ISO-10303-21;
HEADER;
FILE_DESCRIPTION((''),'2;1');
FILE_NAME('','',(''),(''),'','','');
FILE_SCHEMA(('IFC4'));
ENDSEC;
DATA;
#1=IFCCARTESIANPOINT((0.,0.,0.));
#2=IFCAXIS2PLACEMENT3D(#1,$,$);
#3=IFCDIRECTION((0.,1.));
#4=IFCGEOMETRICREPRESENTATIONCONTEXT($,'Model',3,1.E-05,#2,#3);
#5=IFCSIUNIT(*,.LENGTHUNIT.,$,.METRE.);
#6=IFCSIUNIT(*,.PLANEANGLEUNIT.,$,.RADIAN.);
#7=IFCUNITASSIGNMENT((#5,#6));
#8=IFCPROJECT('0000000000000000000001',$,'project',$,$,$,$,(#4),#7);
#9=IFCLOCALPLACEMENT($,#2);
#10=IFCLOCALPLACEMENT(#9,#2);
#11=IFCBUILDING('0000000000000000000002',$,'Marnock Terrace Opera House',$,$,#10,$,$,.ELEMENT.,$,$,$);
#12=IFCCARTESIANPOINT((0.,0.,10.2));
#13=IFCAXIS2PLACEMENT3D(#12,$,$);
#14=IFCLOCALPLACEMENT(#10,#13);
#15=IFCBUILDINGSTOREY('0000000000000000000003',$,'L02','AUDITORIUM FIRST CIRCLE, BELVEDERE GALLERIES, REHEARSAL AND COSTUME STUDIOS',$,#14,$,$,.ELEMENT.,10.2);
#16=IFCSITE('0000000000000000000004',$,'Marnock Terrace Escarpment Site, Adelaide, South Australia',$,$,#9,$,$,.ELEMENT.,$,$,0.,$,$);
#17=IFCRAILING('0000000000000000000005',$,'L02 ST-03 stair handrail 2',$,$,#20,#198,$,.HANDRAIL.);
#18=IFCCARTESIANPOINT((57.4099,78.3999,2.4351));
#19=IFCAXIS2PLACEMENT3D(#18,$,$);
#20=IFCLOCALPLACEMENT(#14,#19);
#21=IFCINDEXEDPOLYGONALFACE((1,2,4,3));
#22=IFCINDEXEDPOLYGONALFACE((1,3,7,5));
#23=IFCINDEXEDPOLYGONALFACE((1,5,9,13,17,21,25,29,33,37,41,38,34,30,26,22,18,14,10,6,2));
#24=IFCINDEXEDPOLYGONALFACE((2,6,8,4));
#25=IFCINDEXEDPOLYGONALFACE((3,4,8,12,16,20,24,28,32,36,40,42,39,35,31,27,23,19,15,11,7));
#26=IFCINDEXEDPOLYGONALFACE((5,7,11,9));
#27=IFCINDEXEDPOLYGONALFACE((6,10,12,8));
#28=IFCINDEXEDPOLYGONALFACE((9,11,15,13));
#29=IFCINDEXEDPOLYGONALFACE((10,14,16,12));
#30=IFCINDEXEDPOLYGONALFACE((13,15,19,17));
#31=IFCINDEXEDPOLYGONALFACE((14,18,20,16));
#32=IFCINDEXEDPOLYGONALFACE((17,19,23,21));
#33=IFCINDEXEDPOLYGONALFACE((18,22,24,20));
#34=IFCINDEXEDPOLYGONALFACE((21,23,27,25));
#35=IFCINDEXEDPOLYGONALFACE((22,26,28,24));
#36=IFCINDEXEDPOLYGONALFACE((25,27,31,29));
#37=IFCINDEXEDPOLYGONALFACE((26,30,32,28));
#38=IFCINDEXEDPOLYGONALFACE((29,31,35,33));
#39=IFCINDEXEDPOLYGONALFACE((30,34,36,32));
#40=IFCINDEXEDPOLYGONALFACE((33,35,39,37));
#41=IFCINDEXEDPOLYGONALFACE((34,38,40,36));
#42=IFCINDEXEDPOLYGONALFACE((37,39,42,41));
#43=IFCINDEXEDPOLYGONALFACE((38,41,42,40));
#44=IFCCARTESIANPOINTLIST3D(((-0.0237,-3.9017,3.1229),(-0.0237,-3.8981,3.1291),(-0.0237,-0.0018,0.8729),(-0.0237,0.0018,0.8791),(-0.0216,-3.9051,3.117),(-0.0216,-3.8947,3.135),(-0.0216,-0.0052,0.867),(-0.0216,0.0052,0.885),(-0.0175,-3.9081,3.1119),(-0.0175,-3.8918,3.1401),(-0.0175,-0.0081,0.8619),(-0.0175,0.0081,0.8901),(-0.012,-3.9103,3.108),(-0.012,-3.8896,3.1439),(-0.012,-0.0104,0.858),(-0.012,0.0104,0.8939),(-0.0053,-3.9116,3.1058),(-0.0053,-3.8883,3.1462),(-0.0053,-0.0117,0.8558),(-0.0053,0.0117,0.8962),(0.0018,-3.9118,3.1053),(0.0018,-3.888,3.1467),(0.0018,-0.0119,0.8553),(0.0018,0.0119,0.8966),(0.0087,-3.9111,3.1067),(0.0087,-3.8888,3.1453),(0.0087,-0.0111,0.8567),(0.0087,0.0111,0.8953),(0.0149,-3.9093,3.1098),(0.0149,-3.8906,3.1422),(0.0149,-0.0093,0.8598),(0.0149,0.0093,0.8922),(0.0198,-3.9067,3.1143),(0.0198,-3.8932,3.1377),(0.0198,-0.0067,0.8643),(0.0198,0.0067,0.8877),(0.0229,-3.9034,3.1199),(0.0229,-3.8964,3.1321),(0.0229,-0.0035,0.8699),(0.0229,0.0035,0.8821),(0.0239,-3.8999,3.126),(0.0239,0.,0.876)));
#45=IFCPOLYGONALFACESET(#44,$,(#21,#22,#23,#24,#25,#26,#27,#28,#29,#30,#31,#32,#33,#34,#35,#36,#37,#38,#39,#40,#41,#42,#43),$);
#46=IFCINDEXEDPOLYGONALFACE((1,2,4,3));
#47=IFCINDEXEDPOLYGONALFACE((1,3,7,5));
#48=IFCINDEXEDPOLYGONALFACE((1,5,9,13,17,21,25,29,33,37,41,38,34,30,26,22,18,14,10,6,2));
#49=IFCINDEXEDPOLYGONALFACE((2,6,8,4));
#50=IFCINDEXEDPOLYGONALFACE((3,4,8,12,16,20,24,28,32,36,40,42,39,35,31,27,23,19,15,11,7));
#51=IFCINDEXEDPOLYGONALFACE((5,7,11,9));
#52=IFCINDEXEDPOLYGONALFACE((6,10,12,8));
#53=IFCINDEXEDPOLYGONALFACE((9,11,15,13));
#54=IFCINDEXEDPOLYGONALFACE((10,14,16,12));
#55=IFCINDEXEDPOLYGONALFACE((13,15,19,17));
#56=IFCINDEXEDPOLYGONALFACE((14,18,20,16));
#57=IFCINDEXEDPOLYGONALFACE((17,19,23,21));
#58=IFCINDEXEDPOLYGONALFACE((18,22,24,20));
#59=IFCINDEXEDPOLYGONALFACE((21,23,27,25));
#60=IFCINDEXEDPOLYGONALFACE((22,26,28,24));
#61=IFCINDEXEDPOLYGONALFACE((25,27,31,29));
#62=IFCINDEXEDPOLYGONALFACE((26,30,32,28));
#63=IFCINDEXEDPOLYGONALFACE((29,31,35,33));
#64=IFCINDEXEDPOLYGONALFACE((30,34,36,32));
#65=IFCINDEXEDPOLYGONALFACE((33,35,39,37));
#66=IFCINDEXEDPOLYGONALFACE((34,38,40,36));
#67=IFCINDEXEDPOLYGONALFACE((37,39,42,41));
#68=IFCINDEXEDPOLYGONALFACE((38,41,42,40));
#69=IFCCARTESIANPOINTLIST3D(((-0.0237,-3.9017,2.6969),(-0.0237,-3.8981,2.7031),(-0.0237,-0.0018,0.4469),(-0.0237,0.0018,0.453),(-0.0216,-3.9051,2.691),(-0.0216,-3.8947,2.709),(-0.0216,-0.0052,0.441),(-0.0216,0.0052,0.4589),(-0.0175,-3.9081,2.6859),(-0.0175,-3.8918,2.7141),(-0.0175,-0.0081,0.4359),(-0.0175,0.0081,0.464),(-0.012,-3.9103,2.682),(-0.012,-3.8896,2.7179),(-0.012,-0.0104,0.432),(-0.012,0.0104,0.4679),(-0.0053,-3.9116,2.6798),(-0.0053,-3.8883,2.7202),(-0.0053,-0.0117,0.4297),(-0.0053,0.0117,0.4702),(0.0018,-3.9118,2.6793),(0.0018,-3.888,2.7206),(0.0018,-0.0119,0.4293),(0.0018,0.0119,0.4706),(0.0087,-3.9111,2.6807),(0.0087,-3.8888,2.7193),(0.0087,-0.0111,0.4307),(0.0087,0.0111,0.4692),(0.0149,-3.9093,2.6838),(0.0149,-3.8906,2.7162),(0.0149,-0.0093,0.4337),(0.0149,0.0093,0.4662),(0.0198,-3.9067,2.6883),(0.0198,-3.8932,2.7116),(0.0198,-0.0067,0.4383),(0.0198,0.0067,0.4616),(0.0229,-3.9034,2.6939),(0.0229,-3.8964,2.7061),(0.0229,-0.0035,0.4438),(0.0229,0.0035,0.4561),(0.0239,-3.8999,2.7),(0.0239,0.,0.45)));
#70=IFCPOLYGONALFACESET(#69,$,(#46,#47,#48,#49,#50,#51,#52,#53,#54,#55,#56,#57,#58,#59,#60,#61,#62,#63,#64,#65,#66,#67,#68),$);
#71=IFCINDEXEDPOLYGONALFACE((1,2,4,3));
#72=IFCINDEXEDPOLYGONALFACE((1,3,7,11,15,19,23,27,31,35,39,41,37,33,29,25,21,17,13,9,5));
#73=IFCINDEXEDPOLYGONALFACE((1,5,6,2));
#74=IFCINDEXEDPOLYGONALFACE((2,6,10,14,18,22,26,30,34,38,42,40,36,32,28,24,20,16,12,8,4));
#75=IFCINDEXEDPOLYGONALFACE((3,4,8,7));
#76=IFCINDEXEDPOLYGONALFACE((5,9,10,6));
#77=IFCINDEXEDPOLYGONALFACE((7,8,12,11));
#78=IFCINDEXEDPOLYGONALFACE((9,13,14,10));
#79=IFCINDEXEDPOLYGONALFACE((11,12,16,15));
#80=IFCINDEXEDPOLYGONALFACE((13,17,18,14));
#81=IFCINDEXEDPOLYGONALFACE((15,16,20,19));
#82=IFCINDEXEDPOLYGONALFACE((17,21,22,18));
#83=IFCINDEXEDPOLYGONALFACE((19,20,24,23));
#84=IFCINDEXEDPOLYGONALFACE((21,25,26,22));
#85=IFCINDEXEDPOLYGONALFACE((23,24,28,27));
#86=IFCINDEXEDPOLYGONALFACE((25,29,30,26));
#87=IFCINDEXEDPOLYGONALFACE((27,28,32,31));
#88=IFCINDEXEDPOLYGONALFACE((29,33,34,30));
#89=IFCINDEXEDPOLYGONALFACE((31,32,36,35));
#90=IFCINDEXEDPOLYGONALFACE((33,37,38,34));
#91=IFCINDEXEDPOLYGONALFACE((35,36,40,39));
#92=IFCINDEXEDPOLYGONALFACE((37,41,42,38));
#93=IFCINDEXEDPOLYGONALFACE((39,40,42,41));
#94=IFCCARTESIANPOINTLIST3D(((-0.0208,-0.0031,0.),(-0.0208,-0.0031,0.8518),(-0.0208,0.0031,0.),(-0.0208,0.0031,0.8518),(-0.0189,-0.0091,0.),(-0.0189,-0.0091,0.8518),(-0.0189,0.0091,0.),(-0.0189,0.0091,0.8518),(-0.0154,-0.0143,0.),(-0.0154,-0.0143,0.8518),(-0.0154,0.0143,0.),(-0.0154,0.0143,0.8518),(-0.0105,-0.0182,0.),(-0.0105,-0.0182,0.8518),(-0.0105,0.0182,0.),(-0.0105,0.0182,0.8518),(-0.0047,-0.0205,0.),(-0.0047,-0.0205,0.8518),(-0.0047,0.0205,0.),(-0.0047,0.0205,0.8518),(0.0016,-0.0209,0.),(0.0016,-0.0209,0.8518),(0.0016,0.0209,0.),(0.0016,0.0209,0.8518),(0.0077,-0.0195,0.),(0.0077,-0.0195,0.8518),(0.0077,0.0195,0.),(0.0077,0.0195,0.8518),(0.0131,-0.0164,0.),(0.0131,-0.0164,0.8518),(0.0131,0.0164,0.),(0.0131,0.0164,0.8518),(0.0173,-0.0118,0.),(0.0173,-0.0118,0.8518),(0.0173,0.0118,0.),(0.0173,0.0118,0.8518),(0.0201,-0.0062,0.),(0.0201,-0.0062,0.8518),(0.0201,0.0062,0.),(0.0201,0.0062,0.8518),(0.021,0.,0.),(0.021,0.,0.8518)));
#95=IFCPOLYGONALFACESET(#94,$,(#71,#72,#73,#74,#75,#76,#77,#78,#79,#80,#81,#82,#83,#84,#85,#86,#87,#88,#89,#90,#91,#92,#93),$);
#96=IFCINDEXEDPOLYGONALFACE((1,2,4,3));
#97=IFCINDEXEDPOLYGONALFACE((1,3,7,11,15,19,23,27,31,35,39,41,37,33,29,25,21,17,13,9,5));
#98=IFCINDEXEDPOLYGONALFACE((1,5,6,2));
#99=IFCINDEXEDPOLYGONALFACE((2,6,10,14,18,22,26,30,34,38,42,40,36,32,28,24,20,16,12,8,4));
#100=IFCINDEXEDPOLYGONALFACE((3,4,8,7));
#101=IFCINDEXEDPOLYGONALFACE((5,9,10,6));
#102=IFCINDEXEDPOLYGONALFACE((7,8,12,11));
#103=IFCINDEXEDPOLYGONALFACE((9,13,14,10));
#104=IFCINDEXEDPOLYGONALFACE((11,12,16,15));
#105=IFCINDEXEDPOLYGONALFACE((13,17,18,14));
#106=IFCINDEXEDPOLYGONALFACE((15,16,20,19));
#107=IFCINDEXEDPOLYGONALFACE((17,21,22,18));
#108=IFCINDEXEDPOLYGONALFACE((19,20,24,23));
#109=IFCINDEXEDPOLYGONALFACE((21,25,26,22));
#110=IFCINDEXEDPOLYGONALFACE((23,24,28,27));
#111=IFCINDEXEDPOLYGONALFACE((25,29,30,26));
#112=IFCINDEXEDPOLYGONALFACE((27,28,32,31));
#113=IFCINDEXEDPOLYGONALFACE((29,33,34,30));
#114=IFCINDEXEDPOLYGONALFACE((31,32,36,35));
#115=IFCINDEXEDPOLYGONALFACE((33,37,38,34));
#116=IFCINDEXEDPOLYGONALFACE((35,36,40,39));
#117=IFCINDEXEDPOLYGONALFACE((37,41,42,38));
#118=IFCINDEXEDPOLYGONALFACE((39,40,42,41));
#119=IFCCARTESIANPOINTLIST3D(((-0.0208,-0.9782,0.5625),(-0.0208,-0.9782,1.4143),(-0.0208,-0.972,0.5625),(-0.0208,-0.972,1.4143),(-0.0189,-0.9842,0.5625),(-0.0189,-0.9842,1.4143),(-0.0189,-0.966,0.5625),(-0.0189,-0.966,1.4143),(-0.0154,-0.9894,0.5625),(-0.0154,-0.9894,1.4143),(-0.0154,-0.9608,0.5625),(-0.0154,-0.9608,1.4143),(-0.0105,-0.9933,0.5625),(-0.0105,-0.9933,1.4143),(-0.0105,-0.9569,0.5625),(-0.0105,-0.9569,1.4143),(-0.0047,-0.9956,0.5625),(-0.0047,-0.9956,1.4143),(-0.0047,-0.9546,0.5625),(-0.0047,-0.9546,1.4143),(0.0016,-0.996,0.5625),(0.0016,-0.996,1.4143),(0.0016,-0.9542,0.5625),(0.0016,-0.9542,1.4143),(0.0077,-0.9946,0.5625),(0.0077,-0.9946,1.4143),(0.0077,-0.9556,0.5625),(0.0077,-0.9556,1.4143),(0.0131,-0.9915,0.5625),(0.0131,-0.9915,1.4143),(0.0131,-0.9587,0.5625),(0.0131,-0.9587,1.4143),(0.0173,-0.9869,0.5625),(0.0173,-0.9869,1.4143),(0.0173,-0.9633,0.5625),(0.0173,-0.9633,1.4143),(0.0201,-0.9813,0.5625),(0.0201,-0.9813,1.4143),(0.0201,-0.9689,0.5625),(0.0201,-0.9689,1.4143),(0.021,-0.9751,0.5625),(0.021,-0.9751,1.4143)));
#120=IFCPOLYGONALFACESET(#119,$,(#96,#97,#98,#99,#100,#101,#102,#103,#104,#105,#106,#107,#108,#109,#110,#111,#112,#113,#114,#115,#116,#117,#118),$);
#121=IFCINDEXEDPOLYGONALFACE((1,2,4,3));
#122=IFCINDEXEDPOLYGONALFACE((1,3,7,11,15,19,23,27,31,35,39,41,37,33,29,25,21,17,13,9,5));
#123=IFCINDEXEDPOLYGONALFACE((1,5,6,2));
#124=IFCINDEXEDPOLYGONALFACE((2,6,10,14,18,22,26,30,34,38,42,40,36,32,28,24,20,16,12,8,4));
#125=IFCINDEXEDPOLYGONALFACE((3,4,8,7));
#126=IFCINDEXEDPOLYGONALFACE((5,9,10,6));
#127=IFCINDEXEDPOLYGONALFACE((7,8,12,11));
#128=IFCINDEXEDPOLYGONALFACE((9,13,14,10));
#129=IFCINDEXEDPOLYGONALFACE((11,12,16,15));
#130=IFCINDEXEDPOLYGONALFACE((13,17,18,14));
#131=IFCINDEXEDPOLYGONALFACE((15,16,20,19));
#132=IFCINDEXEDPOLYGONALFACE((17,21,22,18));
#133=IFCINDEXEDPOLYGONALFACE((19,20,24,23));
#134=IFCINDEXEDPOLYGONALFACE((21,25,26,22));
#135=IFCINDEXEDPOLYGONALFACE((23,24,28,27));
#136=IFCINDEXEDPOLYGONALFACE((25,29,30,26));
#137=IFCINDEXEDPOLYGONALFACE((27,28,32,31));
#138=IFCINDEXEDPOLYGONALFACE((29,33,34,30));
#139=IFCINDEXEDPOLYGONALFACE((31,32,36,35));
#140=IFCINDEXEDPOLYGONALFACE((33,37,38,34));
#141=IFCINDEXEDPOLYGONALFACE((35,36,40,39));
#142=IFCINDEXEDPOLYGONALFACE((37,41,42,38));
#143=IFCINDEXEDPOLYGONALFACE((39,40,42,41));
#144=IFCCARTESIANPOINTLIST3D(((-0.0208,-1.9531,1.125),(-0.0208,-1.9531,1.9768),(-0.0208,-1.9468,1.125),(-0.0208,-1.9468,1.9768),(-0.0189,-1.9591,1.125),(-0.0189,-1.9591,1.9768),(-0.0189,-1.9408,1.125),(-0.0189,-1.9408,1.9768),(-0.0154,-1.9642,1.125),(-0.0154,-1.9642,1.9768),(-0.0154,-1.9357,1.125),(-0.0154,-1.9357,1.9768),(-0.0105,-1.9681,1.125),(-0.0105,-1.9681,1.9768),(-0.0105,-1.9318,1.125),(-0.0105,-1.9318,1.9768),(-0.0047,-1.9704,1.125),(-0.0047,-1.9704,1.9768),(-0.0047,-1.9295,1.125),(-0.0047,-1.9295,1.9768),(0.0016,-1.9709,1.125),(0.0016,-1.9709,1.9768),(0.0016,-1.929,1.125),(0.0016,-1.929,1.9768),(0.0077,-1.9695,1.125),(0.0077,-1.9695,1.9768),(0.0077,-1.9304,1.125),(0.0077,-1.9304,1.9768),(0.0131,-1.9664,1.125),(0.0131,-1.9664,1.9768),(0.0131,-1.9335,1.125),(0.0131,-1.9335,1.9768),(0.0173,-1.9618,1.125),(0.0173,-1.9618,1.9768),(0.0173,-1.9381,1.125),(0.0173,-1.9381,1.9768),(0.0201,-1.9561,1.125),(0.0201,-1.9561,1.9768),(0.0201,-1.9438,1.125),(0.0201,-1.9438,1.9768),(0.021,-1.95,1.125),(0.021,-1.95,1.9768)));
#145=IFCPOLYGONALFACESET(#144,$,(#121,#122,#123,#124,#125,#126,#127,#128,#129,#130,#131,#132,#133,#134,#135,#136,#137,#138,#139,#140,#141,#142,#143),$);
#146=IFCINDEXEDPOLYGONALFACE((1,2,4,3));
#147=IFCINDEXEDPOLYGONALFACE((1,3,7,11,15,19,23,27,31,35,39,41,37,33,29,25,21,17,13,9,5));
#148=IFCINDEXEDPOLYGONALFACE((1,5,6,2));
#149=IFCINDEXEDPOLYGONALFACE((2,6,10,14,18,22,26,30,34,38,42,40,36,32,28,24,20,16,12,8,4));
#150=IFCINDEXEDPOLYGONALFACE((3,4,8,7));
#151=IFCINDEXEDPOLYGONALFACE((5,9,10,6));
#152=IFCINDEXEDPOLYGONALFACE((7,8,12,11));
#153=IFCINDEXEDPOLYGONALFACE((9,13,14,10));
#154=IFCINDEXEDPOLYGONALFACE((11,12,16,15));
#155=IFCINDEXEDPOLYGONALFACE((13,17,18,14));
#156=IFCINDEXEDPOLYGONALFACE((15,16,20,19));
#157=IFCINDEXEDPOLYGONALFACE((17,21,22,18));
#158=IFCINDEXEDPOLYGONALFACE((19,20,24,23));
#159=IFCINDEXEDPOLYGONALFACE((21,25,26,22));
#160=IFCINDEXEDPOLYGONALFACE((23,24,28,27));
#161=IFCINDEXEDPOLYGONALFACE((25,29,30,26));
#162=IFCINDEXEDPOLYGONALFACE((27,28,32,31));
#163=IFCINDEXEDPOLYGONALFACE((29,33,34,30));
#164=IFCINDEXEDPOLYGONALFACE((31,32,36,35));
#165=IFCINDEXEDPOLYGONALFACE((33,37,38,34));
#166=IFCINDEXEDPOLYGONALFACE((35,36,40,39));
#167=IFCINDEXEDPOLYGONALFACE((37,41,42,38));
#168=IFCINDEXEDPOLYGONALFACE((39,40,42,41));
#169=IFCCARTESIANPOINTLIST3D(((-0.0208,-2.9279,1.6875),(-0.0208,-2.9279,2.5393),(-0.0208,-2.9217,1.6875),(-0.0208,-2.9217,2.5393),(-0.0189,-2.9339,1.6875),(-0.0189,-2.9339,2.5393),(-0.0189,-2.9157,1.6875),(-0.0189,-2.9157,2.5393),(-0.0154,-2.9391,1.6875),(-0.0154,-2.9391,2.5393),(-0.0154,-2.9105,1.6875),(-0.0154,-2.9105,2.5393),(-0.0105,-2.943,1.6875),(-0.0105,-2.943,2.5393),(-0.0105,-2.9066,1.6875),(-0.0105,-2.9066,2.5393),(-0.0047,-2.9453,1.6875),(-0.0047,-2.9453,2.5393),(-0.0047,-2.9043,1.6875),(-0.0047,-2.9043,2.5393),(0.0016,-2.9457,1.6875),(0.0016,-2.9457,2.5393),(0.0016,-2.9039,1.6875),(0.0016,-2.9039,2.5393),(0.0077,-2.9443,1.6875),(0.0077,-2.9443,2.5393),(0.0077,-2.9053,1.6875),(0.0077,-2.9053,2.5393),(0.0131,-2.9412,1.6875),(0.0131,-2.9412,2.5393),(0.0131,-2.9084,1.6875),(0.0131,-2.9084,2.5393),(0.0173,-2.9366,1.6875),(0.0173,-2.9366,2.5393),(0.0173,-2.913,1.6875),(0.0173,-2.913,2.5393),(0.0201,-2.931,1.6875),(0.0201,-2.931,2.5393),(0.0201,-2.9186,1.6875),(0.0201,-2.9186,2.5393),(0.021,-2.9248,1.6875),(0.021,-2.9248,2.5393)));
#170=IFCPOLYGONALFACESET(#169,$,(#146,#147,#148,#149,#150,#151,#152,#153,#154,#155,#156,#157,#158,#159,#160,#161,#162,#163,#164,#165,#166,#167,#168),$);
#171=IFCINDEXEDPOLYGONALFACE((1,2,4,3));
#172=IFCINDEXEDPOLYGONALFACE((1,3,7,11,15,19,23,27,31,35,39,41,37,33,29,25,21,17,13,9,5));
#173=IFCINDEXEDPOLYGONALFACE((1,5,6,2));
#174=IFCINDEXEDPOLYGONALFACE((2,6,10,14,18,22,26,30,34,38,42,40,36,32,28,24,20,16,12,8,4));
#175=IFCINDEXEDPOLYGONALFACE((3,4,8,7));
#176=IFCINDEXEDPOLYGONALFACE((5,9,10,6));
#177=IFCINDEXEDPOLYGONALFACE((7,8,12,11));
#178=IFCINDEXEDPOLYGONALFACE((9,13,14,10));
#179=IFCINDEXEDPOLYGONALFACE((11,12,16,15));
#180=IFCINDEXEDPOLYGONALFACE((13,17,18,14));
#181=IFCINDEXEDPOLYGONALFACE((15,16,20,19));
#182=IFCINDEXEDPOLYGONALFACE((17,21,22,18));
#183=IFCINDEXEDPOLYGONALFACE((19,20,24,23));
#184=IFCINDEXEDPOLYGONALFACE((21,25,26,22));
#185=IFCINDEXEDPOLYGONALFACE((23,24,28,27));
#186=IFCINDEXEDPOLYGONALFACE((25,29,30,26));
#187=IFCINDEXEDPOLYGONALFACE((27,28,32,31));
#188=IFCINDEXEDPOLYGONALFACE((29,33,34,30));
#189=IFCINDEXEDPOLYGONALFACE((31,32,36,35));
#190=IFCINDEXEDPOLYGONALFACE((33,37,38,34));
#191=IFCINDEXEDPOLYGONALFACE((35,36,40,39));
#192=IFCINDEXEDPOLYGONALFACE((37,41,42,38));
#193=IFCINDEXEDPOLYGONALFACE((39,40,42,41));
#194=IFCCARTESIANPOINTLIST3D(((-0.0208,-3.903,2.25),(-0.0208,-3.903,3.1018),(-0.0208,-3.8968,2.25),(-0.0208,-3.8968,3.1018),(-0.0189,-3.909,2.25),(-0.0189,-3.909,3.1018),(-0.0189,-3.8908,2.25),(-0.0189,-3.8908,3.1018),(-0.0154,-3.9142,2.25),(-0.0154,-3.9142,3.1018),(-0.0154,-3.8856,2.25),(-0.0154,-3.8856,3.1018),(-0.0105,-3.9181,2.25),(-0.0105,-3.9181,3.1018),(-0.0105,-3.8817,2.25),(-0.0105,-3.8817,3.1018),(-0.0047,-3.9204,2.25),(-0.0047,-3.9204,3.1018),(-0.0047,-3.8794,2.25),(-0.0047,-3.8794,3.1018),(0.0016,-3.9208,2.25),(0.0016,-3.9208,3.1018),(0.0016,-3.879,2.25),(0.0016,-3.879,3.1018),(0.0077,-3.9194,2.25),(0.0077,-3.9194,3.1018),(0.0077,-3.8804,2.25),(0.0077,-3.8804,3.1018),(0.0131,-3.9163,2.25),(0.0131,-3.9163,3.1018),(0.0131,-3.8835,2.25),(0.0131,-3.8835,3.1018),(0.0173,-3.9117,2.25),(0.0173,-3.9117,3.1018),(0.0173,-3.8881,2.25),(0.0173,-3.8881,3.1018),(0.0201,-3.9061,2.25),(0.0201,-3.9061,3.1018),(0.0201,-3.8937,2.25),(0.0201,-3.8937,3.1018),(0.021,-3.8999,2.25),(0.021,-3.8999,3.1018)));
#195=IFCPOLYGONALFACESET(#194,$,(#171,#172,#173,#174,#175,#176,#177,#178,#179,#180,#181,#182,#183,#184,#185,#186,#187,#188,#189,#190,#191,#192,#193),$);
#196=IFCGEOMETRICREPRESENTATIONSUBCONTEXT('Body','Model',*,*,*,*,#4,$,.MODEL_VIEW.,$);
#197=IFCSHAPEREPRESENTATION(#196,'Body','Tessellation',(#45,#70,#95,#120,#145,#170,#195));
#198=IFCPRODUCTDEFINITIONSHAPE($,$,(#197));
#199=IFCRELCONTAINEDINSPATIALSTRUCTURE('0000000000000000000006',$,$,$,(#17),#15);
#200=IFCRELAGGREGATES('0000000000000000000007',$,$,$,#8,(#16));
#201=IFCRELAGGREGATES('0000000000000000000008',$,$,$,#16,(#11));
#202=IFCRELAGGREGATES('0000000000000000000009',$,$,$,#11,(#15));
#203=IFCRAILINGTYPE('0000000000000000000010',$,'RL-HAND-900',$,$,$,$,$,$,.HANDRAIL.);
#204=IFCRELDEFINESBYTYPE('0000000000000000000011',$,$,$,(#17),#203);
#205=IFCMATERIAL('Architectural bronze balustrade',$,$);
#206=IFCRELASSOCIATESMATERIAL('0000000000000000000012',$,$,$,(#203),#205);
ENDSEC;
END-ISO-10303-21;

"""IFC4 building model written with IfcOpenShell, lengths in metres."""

from ifc_helpers import new_model, si_unit, direction, frame, origin, origin_2d, place, context, subcontext, project, spatial, circle, extrude, material, type_object, element, save


model = new_model("IFC4")

# Units and contexts
model_context = context("Model", 3, precision=1e-05, world=origin(), true_north=direction((0.0, 1.0)))
body_context = subcontext(model_context, "Body", "Model", "MODEL_VIEW")
ifc_project = project(units=[si_unit("LENGTHUNIT", "METRE"), si_unit("PLANEANGLEUNIT", "RADIAN")], contexts=[model_context])

# Site, building, storey
site_placement = place(None, origin())
site = spatial("IfcSite", under=ifc_project, at=site_placement, Name="Marnock Terrace Escarpment Site, Adelaide, South Australia", CompositionType="ELEMENT", RefElevation=0.0)
building_placement = place(site_placement, origin())
building = spatial("IfcBuilding", under=site, at=building_placement, Name="Marnock Terrace Opera House", CompositionType="ELEMENT")
storey_placement = place(building_placement, frame((0.0, 0.0, 10.2)))
storey = spatial("IfcBuildingStorey", under=building, at=storey_placement, Name="L02", Description="AUDITORIUM FIRST CIRCLE, BELVEDERE GALLERIES, REHEARSAL AND COSTUME STUDIOS", CompositionType="ELEMENT", Elevation=10.2)

# Railing
ifc_material_1 = material(Name="Architectural bronze balustrade")
railing_type_1 = type_object("IfcRailingType", Name="RL-HAND-900", PredefinedType="HANDRAIL", material=ifc_material_1)
railing_1_placement = place(storey_placement, frame((57.4099, 78.3999, 2.4351)))
element("IfcRailing", 1, at=railing_1_placement, inside=storey, type_object=railing_type_1, Name="L02 ST-03 stair handrail 2", PredefinedType="HANDRAIL", context=body_context, shape_type="SweptSolid", body=[
    extrude(circle(Radius=0.0239, at=origin_2d()), frame((0.0, 0.0, 0.876), z_axis=(0.0, -0.86618, 0.499732), x_axis=(1.0, 0.0, 0.0)), (0.0, 0.0, 1.0), 4.5024),
    extrude(circle(Radius=0.0239, at=origin_2d()), frame((0.0, 0.0, 0.45), z_axis=(0.0, -0.86618, 0.499732), x_axis=(1.0, 0.0, 0.0)), (0.0, 0.0, 1.0), 4.5024),
    extrude(circle(Radius=0.021, at=origin_2d()), origin(), (0.0, 0.0, 1.0), 0.8518),
    extrude(circle(Radius=0.021, at=origin_2d()), frame((0.0, -0.9751, 0.5625)), (0.0, 0.0, 1.0), 0.8518),
    extrude(circle(Radius=0.021, at=origin_2d()), frame((0.0, -1.95, 1.125)), (0.0, 0.0, 1.0), 0.8518),
    extrude(circle(Radius=0.021, at=origin_2d()), frame((0.0, -2.9248, 1.6875)), (0.0, 0.0, 1.0), 0.8518),
    extrude(circle(Radius=0.021, at=origin_2d()), frame((0.0, -3.8999, 2.25)), (0.0, 0.0, 1.0), 0.8518),
])

save(model, "model.ifc")
